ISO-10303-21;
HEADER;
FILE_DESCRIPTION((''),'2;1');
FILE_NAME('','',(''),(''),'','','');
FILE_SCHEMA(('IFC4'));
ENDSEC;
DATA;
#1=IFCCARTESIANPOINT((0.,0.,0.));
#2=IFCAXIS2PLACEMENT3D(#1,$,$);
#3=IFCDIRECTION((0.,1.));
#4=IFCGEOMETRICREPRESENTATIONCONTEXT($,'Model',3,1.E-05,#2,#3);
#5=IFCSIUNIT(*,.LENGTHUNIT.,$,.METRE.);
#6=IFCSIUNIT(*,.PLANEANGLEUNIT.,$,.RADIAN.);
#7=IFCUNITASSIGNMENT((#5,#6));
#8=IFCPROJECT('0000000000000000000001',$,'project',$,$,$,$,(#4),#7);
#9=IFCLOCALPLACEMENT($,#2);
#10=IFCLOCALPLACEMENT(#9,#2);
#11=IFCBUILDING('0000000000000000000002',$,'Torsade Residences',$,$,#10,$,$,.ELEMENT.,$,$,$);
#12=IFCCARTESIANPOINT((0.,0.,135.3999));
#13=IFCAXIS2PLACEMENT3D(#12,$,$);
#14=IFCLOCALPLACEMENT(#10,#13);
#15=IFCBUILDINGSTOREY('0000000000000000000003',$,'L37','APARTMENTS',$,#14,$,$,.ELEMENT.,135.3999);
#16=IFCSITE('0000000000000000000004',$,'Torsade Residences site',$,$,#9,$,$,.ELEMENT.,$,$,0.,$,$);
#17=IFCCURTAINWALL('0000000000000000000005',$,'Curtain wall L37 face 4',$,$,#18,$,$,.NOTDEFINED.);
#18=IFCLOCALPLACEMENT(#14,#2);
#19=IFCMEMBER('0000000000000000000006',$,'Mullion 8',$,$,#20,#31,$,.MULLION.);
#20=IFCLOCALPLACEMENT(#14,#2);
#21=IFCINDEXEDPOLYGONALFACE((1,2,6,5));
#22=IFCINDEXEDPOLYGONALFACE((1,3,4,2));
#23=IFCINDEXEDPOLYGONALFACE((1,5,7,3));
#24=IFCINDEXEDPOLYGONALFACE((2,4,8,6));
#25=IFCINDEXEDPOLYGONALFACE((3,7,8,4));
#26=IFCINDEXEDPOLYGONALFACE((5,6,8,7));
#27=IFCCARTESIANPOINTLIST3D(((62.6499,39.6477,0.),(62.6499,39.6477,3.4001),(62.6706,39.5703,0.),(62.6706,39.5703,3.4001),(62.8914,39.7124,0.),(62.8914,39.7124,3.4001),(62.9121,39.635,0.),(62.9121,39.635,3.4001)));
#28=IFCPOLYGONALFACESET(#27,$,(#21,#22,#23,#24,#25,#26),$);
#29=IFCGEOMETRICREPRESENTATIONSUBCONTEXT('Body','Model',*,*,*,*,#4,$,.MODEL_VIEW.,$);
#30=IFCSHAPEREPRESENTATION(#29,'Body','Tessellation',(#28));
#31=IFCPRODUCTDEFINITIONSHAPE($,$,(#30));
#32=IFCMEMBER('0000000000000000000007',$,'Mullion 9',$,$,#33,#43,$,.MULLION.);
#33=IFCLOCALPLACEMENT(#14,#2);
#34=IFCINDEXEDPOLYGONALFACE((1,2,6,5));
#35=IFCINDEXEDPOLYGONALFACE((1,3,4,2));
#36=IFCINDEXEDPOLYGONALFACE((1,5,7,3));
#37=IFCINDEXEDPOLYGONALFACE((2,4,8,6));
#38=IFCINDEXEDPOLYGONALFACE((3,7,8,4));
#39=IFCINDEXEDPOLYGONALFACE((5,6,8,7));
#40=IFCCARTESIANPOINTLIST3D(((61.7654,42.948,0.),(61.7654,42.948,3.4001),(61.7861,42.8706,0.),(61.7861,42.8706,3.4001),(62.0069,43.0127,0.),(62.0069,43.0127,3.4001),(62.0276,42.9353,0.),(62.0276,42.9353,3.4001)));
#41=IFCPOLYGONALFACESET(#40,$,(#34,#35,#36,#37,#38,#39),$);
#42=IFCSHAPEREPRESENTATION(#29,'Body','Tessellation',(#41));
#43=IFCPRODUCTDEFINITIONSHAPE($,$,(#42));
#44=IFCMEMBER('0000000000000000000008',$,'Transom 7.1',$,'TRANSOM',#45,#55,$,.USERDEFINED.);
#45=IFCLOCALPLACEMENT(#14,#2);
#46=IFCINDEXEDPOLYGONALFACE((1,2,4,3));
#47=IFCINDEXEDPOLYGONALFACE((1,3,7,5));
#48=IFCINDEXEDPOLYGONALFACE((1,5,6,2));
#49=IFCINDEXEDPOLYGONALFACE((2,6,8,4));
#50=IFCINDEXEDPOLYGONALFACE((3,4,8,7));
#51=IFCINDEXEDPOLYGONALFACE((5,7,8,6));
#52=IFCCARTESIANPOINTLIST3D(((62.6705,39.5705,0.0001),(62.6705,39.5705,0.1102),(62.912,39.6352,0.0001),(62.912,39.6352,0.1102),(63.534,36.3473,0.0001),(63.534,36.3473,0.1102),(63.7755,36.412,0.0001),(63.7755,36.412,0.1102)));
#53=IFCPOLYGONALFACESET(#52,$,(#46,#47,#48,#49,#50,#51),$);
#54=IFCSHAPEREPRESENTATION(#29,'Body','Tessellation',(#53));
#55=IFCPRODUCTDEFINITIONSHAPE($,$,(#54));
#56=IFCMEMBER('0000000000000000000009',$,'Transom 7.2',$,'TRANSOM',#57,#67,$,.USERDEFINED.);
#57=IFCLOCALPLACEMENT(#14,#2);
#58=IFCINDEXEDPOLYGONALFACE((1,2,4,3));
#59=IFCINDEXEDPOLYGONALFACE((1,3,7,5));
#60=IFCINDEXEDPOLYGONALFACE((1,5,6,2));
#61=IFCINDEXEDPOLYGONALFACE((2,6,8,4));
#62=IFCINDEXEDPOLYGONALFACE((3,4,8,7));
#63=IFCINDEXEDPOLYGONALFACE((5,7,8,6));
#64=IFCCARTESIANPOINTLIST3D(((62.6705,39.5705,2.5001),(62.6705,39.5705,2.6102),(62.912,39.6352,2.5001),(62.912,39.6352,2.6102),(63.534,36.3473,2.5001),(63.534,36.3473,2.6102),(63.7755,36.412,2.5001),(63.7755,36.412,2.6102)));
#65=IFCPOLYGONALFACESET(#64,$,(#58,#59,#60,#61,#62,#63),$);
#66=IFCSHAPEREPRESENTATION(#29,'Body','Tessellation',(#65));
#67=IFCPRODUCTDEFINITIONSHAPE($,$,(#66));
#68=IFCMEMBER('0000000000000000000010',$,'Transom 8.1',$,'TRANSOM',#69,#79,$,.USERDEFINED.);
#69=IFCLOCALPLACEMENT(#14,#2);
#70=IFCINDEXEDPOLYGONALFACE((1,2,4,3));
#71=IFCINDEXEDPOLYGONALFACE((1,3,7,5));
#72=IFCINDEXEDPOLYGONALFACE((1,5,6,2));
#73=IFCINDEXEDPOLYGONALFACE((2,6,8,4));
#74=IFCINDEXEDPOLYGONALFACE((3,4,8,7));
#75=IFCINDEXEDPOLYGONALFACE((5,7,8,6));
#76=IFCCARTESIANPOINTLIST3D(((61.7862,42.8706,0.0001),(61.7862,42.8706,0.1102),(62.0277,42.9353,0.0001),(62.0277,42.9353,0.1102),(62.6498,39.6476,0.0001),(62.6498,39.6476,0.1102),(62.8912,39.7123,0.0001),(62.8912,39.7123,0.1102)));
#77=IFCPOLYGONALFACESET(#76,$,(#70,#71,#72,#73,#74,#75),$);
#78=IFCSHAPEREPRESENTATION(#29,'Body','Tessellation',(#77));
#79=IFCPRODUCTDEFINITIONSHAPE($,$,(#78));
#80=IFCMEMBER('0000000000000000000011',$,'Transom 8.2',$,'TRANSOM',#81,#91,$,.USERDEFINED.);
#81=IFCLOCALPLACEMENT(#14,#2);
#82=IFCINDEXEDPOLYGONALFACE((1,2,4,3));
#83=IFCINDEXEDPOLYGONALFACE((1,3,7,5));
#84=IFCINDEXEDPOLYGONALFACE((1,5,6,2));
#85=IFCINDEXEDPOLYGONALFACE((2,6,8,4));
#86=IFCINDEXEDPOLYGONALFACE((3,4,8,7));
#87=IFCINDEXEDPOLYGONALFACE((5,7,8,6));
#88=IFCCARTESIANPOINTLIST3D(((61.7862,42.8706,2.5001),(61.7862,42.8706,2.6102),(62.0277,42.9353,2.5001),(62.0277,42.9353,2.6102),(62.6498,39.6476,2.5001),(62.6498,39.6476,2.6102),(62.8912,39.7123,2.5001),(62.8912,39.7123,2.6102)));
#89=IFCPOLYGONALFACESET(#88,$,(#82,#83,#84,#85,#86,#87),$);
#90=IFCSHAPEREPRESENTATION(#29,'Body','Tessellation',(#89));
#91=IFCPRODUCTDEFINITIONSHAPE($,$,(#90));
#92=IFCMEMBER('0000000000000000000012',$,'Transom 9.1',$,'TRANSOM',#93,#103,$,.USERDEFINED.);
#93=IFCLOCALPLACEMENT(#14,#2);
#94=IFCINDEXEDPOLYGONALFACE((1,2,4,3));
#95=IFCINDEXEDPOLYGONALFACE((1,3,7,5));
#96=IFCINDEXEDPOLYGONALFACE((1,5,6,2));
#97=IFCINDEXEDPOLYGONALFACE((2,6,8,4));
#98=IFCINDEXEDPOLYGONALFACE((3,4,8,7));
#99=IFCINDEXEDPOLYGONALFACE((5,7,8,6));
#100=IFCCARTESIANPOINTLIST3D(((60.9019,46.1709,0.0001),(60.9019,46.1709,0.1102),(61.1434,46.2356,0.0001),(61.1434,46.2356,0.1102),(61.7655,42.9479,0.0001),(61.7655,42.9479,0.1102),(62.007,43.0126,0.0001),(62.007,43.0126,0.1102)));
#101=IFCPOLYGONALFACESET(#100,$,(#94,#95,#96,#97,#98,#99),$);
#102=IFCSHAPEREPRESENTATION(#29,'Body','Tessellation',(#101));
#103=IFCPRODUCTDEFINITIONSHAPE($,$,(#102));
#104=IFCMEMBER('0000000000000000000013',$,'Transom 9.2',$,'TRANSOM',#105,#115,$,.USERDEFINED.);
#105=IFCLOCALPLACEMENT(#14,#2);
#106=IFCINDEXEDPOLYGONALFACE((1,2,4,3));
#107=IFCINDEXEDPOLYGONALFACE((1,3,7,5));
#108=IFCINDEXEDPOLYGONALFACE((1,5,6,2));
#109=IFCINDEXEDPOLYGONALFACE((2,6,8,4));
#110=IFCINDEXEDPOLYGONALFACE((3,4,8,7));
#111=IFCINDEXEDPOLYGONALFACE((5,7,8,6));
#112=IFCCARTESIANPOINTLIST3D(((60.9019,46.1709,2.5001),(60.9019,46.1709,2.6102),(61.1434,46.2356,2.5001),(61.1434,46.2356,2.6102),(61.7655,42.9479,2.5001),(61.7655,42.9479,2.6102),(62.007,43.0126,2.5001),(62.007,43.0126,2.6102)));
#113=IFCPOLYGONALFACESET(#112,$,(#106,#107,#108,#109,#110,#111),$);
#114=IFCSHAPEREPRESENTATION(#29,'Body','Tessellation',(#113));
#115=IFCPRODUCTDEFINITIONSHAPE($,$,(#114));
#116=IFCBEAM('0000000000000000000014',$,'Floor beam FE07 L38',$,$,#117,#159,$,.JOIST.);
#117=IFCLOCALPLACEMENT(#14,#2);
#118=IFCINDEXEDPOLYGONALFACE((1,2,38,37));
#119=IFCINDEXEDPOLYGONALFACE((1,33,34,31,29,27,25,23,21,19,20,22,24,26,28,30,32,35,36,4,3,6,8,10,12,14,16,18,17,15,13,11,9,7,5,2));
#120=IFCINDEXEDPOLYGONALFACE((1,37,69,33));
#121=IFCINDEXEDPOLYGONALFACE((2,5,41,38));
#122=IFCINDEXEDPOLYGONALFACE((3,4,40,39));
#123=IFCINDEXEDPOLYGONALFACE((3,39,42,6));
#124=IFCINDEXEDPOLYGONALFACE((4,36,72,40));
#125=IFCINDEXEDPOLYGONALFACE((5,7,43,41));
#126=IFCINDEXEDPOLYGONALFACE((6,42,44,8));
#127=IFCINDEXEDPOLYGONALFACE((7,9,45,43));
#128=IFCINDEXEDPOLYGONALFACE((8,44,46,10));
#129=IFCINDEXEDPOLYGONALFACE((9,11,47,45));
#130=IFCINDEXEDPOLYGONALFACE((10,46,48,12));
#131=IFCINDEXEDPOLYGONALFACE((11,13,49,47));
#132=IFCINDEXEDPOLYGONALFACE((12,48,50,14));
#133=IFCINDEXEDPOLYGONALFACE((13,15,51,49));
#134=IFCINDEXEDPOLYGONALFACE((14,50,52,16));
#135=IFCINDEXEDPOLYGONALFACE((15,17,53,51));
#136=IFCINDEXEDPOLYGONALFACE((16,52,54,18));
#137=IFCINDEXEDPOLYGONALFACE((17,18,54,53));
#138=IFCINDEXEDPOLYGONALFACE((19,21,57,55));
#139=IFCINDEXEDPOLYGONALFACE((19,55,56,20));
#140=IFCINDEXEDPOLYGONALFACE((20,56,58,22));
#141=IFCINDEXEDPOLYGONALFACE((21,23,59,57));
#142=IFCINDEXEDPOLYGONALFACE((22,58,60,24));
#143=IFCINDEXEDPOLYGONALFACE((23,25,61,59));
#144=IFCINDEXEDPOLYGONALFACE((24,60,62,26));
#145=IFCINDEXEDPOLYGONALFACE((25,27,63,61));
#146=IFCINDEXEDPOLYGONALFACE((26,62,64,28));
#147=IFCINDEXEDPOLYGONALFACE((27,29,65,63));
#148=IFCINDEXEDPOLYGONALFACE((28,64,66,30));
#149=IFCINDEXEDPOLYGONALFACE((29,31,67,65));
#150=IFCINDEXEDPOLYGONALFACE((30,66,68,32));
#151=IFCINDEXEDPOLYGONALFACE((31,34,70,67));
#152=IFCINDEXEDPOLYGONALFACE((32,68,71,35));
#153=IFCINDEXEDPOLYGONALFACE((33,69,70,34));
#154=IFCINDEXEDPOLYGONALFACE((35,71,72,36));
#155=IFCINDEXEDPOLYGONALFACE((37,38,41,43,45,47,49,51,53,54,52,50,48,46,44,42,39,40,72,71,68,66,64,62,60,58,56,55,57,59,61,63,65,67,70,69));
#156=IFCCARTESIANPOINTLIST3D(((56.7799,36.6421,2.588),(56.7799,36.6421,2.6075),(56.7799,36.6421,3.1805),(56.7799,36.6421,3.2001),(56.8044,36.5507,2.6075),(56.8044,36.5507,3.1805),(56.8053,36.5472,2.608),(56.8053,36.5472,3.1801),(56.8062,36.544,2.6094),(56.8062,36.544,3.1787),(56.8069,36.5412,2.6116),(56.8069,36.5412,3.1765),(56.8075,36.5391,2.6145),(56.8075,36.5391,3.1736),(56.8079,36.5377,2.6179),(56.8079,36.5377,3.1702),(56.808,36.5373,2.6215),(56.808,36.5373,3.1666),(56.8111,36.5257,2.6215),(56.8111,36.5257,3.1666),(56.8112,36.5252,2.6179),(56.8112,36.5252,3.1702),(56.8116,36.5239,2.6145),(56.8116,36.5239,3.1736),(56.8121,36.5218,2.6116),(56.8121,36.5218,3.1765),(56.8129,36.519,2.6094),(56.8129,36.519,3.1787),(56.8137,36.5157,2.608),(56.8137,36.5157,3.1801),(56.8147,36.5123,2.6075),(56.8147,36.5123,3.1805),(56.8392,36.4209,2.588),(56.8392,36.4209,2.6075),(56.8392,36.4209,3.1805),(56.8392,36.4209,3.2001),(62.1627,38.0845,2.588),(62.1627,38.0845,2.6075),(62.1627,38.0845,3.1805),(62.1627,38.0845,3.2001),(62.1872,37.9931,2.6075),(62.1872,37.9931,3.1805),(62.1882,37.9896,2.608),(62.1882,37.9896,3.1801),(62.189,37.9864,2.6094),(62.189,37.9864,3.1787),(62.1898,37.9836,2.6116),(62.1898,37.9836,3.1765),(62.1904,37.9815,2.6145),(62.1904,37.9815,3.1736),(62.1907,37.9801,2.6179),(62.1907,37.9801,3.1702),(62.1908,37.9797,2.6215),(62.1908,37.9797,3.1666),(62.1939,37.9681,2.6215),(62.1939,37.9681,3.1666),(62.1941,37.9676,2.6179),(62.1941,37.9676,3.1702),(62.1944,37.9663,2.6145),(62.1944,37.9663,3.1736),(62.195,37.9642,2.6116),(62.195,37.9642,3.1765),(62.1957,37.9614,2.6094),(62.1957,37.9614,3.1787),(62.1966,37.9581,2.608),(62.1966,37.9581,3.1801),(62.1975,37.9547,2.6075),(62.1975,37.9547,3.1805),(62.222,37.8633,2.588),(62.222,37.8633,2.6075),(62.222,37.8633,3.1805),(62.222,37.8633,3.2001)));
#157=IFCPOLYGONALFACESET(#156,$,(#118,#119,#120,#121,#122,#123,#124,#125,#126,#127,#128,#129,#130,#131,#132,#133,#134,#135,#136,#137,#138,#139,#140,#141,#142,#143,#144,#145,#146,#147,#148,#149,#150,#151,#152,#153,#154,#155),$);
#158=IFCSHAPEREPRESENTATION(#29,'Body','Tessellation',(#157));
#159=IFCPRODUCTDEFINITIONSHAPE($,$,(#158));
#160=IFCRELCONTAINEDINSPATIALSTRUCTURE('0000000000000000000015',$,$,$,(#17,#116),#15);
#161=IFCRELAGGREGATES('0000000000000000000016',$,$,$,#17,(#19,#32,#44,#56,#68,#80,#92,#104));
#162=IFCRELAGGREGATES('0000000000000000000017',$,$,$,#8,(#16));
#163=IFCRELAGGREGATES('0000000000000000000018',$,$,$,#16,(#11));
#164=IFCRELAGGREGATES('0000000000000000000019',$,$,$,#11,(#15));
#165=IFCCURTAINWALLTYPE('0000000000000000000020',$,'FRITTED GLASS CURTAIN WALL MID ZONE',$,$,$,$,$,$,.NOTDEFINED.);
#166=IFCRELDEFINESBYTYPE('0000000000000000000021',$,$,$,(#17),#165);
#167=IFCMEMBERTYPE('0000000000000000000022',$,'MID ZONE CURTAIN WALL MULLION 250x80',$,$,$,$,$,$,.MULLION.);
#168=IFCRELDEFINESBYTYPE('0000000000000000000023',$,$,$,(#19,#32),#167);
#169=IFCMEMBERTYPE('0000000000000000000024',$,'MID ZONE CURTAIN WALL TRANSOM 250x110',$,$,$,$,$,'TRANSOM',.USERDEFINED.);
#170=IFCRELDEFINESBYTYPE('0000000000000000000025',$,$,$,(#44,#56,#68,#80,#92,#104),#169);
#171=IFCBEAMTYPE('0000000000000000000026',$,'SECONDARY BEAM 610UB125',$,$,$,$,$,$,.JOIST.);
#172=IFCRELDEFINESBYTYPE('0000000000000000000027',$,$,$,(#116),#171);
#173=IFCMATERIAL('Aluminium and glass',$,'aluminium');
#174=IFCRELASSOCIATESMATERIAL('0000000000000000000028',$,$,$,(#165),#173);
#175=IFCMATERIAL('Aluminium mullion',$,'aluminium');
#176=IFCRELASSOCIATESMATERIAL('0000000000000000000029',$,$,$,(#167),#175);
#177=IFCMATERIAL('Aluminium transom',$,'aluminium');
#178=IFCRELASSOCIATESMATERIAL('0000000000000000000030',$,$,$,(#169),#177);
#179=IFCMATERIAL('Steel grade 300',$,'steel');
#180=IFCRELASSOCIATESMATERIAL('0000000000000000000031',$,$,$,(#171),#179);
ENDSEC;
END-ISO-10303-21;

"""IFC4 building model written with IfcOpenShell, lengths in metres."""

from ifc_helpers import new_model, si_unit, direction, frame, origin, origin_2d, place, context, subcontext, project, spatial, rectangle, i_section, extrude, material, material_profile, profile_set, type_object, element, aggregate, save


model = new_model("IFC4")

# Units and contexts
model_context = context("Model", 3, precision=1e-05, world=origin(), true_north=direction((0.0, 1.0)))
body_context = subcontext(model_context, "Body", "Model", "MODEL_VIEW")
ifc_project = project(units=[si_unit("LENGTHUNIT", "METRE"), si_unit("PLANEANGLEUNIT", "RADIAN")], contexts=[model_context])

# Site, building, storey
site_placement = place(None, origin())
site = spatial("IfcSite", under=ifc_project, at=site_placement, Name="Torsade Residences site", CompositionType="ELEMENT", RefElevation=0.0)
building_placement = place(site_placement, origin())
building = spatial("IfcBuilding", under=site, at=building_placement, Name="Torsade Residences", CompositionType="ELEMENT")
storey_placement = place(building_placement, frame((0.0, 0.0, 135.3999)))
storey = spatial("IfcBuildingStorey", under=building, at=storey_placement, Name="L37", Description="APARTMENTS", CompositionType="ELEMENT", Elevation=135.3999)

# Curtain wall, members
ifc_material_1 = material(Name="Aluminium and glass", Category="aluminium")
curtain_wall_type = type_object("IfcCurtainWallType", Name="FRITTED GLASS CURTAIN WALL MID ZONE", PredefinedType="NOTDEFINED", material=ifc_material_1)
curtain_wall_placement = place(storey_placement, origin())
curtain_wall = element("IfcCurtainWall", 1, at=curtain_wall_placement, inside=storey, type_object=curtain_wall_type, Name="Curtain wall L37 face 4", PredefinedType="NOTDEFINED")
ifc_material_2 = material(Name="Aluminium mullion", Category="aluminium")
ifc_material_profile_1 = material_profile(ifc_material_2, rectangle(XDim=0.25, YDim=0.0801, at=origin_2d()), Name="MID ZONE CURTAIN WALL MULLION 250x80")
ifc_profile_set_1 = profile_set([ifc_material_profile_1], Name="Aluminium mullion")
member_type_1 = type_object("IfcMemberType", Name="MID ZONE CURTAIN WALL MULLION 250x80", PredefinedType="MULLION", material=ifc_profile_set_1)
member_1_placement = place(storey_placement, frame((62.781, 39.6414, 0.0), z_axis=(0.0, 0.0, 1.0), x_axis=(-0.965926, -0.258819, 0.0)))
member_1 = element("IfcMember", 2, at=member_1_placement, type_object=member_type_1, Name="Mullion 8", PredefinedType="MULLION", context=body_context, shape_type="SweptSolid", body=[
    extrude(rectangle(XDim=0.25, YDim=0.0801, at=origin_2d()), origin(), (0.0, 0.0, 1.0), 3.4001),
])
member_2_placement = place(storey_placement, frame((61.8965, 42.9417, 0.0), z_axis=(0.0, 0.0, 1.0), x_axis=(-0.965926, -0.258819, 0.0)))
member_2 = element("IfcMember", 3, at=member_2_placement, type_object=member_type_1, Name="Mullion 9", PredefinedType="MULLION", context=body_context, shape_type="SweptSolid", body=[
    extrude(rectangle(XDim=0.25, YDim=0.0801, at=origin_2d()), origin(), (0.0, 0.0, 1.0), 3.4001),
])
ifc_material_3 = material(Name="Aluminium transom", Category="aluminium")
ifc_material_profile_2 = material_profile(ifc_material_3, rectangle(XDim=0.25, YDim=0.1101, at=origin_2d()), Name="MID ZONE CURTAIN WALL TRANSOM 250x110")
ifc_profile_set_2 = profile_set([ifc_material_profile_2], Name="Aluminium transom")
member_type_2 = type_object("IfcMemberType", Name="MID ZONE CURTAIN WALL TRANSOM 250x110", ElementType="TRANSOM", PredefinedType="USERDEFINED", material=ifc_profile_set_2)
member_3_placement = place(storey_placement, frame((63.6548, 36.3796, 0.0552), z_axis=(-0.258787, 0.965934, 0.0), x_axis=(-0.965934, -0.258787, 0.0)))
member_3 = element("IfcMember", 4, at=member_3_placement, type_object=member_type_2, Name="Transom 7.1", ObjectType="TRANSOM", PredefinedType="USERDEFINED", context=body_context, shape_type="SweptSolid", body=[
    extrude(rectangle(XDim=0.25, YDim=0.1101, at=origin_2d()), origin(), (0.0, 0.0, 1.0), 3.3369),
])
member_4_placement = place(storey_placement, frame((63.6548, 36.3796, 2.5552), z_axis=(-0.258787, 0.965934, 0.0), x_axis=(-0.965934, -0.258787, 0.0)))
member_4 = element("IfcMember", 5, at=member_4_placement, type_object=member_type_2, Name="Transom 7.2", ObjectType="TRANSOM", PredefinedType="USERDEFINED", context=body_context, shape_type="SweptSolid", body=[
    extrude(rectangle(XDim=0.25, YDim=0.1101, at=origin_2d()), origin(), (0.0, 0.0, 1.0), 3.3369),
])
member_5_placement = place(storey_placement, frame((62.7705, 39.6799, 0.0552), z_axis=(-0.258806, 0.965929, 0.0), x_axis=(-0.965929, -0.258806, 0.0)))
member_5 = element("IfcMember", 6, at=member_5_placement, type_object=member_type_2, Name="Transom 8.1", ObjectType="TRANSOM", PredefinedType="USERDEFINED", context=body_context, shape_type="SweptSolid", body=[
    extrude(rectangle(XDim=0.25, YDim=0.1101, at=origin_2d()), origin(), (0.0, 0.0, 1.0), 3.3367),
])
member_6_placement = place(storey_placement, frame((62.7705, 39.6799, 2.5552), z_axis=(-0.258806, 0.965929, 0.0), x_axis=(-0.965929, -0.258806, 0.0)))
member_6 = element("IfcMember", 7, at=member_6_placement, type_object=member_type_2, Name="Transom 8.2", ObjectType="TRANSOM", PredefinedType="USERDEFINED", context=body_context, shape_type="SweptSolid", body=[
    extrude(rectangle(XDim=0.25, YDim=0.1101, at=origin_2d()), origin(), (0.0, 0.0, 1.0), 3.3367),
])
member_7_placement = place(storey_placement, frame((61.8862, 42.9802, 0.0552), z_axis=(-0.258806, 0.965929, 0.0), x_axis=(-0.965929, -0.258806, 0.0)))
member_7 = element("IfcMember", 8, at=member_7_placement, type_object=member_type_2, Name="Transom 9.1", ObjectType="TRANSOM", PredefinedType="USERDEFINED", context=body_context, shape_type="SweptSolid", body=[
    extrude(rectangle(XDim=0.25, YDim=0.1101, at=origin_2d()), origin(), (0.0, 0.0, 1.0), 3.3367),
])
member_8_placement = place(storey_placement, frame((61.8862, 42.9802, 2.5552), z_axis=(-0.258806, 0.965929, 0.0), x_axis=(-0.965929, -0.258806, 0.0)))
member_8 = element("IfcMember", 9, at=member_8_placement, type_object=member_type_2, Name="Transom 9.2", ObjectType="TRANSOM", PredefinedType="USERDEFINED", context=body_context, shape_type="SweptSolid", body=[
    extrude(rectangle(XDim=0.25, YDim=0.1101, at=origin_2d()), origin(), (0.0, 0.0, 1.0), 3.3367),
])

# Beam
ifc_material_4 = material(Name="Steel grade 300", Category="steel")
ifc_material_profile_3 = material_profile(ifc_material_4, i_section(OverallWidth=0.229, OverallDepth=0.6121, WebThickness=0.012, FlangeThickness=0.0195, FilletRadius=0.0139, at=origin_2d()), Name="610UB125")
ifc_profile_set_3 = profile_set([ifc_material_profile_3], Name="Steel grade 300")
beam_type = type_object("IfcBeamType", Name="SECONDARY BEAM 610UB125", PredefinedType="JOIST", material=ifc_profile_set_3)
beam_1_placement = place(storey_placement, frame((62.1924, 37.9739, 2.894), z_axis=(-0.965923, -0.25883, 0.0), x_axis=(0.25883, -0.965923, 0.0)))
element("IfcBeam", 10, at=beam_1_placement, inside=storey, type_object=beam_type, Name="Floor beam FE07 L38", PredefinedType="JOIST", context=body_context, shape_type="SweptSolid", body=[
    extrude(i_section(OverallWidth=0.229, OverallDepth=0.6121, WebThickness=0.012, FlangeThickness=0.0195, FilletRadius=0.0139, at=origin_2d()), origin(), (0.0, 0.0, 1.0), 5.5728),
])

aggregate(curtain_wall, [member_1, member_2, member_3, member_4, member_5, member_6, member_7, member_8])

save(model, "model.ifc")
